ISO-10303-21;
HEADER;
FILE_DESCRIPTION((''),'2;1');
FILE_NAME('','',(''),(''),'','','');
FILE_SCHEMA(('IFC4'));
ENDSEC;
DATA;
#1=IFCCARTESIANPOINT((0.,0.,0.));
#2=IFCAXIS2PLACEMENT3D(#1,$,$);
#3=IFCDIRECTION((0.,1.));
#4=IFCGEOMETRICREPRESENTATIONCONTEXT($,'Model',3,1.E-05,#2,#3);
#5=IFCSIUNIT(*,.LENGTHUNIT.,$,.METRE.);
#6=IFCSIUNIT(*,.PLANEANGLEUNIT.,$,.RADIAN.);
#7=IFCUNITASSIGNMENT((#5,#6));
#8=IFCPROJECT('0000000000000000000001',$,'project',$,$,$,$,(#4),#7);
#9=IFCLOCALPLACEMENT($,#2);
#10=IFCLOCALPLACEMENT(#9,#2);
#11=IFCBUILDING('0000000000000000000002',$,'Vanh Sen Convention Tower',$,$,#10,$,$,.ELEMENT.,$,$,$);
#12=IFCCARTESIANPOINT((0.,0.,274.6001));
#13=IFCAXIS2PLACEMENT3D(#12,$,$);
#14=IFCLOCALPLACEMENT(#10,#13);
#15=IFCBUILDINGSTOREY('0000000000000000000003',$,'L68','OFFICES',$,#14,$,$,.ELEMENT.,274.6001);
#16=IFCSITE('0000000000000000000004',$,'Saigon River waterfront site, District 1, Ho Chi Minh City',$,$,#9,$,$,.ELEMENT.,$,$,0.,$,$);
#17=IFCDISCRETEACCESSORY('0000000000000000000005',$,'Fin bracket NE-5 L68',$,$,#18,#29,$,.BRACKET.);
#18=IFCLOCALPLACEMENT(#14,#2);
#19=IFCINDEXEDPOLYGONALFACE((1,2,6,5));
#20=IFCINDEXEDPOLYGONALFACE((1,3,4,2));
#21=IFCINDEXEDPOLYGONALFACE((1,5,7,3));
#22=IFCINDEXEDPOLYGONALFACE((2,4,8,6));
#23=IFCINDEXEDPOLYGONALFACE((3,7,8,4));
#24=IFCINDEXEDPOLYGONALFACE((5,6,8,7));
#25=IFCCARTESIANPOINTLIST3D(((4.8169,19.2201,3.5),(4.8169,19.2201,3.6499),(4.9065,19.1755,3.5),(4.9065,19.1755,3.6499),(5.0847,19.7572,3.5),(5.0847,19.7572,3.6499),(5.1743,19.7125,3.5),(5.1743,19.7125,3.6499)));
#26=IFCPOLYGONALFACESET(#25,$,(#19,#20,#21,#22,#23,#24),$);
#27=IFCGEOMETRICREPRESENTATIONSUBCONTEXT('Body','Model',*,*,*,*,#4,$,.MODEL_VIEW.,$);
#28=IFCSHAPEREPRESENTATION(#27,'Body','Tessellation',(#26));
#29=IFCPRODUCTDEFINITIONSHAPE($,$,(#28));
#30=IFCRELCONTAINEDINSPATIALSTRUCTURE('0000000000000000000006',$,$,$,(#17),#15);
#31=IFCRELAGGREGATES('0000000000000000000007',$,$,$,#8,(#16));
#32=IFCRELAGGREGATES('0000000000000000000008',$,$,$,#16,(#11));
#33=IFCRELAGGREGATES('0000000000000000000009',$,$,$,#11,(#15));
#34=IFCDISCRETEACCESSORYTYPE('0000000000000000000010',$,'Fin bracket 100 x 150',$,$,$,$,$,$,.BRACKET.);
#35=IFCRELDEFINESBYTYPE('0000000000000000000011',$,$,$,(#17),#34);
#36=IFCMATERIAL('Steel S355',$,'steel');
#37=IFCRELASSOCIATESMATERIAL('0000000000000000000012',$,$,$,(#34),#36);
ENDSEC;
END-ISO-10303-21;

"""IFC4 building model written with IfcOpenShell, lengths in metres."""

from ifc_helpers import new_model, si_unit, direction, frame, origin, origin_2d, place, context, subcontext, project, spatial, rectangle, extrude, material, type_object, element, save


model = new_model("IFC4")

# Units and contexts
model_context = context("Model", 3, precision=1e-05, world=origin(), true_north=direction((0.0, 1.0)))
body_context = subcontext(model_context, "Body", "Model", "MODEL_VIEW")
ifc_project = project(units=[si_unit("LENGTHUNIT", "METRE"), si_unit("PLANEANGLEUNIT", "RADIAN")], contexts=[model_context])

# Site, building, storey
site_placement = place(None, origin())
site = spatial("IfcSite", under=ifc_project, at=site_placement, Name="Saigon River waterfront site, District 1, Ho Chi Minh City", CompositionType="ELEMENT", RefElevation=0.0)
building_placement = place(site_placement, origin())
building = spatial("IfcBuilding", under=site, at=building_placement, Name="Vanh Sen Convention Tower", CompositionType="ELEMENT")
storey_placement = place(building_placement, frame((0.0, 0.0, 274.6001)))
storey = spatial("IfcBuildingStorey", under=building, at=storey_placement, Name="L68", Description="OFFICES", CompositionType="ELEMENT", Elevation=274.6001)

# Discrete accessory
ifc_material_1 = material(Name="Steel S355", Category="steel")
discrete_accessory_type = type_object("IfcDiscreteAccessoryType", Name="Fin bracket 100 x 150", PredefinedType="BRACKET", material=ifc_material_1)
discrete_accessory_placement = place(storey_placement, frame((4.9956, 19.4663, 3.5), z_axis=(0.0, 0.0, 1.0), x_axis=(0.446198, 0.894934, 0.0)))
element("IfcDiscreteAccessory", 1, at=discrete_accessory_placement, inside=storey, type_object=discrete_accessory_type, Name="Fin bracket NE-5 L68", PredefinedType="BRACKET", context=body_context, shape_type="SweptSolid", body=[
    extrude(rectangle(XDim=0.6001, YDim=0.1001, at=origin_2d()), origin(), (0.0, 0.0, 1.0), 0.1499),
])

save(model, "model.ifc")
